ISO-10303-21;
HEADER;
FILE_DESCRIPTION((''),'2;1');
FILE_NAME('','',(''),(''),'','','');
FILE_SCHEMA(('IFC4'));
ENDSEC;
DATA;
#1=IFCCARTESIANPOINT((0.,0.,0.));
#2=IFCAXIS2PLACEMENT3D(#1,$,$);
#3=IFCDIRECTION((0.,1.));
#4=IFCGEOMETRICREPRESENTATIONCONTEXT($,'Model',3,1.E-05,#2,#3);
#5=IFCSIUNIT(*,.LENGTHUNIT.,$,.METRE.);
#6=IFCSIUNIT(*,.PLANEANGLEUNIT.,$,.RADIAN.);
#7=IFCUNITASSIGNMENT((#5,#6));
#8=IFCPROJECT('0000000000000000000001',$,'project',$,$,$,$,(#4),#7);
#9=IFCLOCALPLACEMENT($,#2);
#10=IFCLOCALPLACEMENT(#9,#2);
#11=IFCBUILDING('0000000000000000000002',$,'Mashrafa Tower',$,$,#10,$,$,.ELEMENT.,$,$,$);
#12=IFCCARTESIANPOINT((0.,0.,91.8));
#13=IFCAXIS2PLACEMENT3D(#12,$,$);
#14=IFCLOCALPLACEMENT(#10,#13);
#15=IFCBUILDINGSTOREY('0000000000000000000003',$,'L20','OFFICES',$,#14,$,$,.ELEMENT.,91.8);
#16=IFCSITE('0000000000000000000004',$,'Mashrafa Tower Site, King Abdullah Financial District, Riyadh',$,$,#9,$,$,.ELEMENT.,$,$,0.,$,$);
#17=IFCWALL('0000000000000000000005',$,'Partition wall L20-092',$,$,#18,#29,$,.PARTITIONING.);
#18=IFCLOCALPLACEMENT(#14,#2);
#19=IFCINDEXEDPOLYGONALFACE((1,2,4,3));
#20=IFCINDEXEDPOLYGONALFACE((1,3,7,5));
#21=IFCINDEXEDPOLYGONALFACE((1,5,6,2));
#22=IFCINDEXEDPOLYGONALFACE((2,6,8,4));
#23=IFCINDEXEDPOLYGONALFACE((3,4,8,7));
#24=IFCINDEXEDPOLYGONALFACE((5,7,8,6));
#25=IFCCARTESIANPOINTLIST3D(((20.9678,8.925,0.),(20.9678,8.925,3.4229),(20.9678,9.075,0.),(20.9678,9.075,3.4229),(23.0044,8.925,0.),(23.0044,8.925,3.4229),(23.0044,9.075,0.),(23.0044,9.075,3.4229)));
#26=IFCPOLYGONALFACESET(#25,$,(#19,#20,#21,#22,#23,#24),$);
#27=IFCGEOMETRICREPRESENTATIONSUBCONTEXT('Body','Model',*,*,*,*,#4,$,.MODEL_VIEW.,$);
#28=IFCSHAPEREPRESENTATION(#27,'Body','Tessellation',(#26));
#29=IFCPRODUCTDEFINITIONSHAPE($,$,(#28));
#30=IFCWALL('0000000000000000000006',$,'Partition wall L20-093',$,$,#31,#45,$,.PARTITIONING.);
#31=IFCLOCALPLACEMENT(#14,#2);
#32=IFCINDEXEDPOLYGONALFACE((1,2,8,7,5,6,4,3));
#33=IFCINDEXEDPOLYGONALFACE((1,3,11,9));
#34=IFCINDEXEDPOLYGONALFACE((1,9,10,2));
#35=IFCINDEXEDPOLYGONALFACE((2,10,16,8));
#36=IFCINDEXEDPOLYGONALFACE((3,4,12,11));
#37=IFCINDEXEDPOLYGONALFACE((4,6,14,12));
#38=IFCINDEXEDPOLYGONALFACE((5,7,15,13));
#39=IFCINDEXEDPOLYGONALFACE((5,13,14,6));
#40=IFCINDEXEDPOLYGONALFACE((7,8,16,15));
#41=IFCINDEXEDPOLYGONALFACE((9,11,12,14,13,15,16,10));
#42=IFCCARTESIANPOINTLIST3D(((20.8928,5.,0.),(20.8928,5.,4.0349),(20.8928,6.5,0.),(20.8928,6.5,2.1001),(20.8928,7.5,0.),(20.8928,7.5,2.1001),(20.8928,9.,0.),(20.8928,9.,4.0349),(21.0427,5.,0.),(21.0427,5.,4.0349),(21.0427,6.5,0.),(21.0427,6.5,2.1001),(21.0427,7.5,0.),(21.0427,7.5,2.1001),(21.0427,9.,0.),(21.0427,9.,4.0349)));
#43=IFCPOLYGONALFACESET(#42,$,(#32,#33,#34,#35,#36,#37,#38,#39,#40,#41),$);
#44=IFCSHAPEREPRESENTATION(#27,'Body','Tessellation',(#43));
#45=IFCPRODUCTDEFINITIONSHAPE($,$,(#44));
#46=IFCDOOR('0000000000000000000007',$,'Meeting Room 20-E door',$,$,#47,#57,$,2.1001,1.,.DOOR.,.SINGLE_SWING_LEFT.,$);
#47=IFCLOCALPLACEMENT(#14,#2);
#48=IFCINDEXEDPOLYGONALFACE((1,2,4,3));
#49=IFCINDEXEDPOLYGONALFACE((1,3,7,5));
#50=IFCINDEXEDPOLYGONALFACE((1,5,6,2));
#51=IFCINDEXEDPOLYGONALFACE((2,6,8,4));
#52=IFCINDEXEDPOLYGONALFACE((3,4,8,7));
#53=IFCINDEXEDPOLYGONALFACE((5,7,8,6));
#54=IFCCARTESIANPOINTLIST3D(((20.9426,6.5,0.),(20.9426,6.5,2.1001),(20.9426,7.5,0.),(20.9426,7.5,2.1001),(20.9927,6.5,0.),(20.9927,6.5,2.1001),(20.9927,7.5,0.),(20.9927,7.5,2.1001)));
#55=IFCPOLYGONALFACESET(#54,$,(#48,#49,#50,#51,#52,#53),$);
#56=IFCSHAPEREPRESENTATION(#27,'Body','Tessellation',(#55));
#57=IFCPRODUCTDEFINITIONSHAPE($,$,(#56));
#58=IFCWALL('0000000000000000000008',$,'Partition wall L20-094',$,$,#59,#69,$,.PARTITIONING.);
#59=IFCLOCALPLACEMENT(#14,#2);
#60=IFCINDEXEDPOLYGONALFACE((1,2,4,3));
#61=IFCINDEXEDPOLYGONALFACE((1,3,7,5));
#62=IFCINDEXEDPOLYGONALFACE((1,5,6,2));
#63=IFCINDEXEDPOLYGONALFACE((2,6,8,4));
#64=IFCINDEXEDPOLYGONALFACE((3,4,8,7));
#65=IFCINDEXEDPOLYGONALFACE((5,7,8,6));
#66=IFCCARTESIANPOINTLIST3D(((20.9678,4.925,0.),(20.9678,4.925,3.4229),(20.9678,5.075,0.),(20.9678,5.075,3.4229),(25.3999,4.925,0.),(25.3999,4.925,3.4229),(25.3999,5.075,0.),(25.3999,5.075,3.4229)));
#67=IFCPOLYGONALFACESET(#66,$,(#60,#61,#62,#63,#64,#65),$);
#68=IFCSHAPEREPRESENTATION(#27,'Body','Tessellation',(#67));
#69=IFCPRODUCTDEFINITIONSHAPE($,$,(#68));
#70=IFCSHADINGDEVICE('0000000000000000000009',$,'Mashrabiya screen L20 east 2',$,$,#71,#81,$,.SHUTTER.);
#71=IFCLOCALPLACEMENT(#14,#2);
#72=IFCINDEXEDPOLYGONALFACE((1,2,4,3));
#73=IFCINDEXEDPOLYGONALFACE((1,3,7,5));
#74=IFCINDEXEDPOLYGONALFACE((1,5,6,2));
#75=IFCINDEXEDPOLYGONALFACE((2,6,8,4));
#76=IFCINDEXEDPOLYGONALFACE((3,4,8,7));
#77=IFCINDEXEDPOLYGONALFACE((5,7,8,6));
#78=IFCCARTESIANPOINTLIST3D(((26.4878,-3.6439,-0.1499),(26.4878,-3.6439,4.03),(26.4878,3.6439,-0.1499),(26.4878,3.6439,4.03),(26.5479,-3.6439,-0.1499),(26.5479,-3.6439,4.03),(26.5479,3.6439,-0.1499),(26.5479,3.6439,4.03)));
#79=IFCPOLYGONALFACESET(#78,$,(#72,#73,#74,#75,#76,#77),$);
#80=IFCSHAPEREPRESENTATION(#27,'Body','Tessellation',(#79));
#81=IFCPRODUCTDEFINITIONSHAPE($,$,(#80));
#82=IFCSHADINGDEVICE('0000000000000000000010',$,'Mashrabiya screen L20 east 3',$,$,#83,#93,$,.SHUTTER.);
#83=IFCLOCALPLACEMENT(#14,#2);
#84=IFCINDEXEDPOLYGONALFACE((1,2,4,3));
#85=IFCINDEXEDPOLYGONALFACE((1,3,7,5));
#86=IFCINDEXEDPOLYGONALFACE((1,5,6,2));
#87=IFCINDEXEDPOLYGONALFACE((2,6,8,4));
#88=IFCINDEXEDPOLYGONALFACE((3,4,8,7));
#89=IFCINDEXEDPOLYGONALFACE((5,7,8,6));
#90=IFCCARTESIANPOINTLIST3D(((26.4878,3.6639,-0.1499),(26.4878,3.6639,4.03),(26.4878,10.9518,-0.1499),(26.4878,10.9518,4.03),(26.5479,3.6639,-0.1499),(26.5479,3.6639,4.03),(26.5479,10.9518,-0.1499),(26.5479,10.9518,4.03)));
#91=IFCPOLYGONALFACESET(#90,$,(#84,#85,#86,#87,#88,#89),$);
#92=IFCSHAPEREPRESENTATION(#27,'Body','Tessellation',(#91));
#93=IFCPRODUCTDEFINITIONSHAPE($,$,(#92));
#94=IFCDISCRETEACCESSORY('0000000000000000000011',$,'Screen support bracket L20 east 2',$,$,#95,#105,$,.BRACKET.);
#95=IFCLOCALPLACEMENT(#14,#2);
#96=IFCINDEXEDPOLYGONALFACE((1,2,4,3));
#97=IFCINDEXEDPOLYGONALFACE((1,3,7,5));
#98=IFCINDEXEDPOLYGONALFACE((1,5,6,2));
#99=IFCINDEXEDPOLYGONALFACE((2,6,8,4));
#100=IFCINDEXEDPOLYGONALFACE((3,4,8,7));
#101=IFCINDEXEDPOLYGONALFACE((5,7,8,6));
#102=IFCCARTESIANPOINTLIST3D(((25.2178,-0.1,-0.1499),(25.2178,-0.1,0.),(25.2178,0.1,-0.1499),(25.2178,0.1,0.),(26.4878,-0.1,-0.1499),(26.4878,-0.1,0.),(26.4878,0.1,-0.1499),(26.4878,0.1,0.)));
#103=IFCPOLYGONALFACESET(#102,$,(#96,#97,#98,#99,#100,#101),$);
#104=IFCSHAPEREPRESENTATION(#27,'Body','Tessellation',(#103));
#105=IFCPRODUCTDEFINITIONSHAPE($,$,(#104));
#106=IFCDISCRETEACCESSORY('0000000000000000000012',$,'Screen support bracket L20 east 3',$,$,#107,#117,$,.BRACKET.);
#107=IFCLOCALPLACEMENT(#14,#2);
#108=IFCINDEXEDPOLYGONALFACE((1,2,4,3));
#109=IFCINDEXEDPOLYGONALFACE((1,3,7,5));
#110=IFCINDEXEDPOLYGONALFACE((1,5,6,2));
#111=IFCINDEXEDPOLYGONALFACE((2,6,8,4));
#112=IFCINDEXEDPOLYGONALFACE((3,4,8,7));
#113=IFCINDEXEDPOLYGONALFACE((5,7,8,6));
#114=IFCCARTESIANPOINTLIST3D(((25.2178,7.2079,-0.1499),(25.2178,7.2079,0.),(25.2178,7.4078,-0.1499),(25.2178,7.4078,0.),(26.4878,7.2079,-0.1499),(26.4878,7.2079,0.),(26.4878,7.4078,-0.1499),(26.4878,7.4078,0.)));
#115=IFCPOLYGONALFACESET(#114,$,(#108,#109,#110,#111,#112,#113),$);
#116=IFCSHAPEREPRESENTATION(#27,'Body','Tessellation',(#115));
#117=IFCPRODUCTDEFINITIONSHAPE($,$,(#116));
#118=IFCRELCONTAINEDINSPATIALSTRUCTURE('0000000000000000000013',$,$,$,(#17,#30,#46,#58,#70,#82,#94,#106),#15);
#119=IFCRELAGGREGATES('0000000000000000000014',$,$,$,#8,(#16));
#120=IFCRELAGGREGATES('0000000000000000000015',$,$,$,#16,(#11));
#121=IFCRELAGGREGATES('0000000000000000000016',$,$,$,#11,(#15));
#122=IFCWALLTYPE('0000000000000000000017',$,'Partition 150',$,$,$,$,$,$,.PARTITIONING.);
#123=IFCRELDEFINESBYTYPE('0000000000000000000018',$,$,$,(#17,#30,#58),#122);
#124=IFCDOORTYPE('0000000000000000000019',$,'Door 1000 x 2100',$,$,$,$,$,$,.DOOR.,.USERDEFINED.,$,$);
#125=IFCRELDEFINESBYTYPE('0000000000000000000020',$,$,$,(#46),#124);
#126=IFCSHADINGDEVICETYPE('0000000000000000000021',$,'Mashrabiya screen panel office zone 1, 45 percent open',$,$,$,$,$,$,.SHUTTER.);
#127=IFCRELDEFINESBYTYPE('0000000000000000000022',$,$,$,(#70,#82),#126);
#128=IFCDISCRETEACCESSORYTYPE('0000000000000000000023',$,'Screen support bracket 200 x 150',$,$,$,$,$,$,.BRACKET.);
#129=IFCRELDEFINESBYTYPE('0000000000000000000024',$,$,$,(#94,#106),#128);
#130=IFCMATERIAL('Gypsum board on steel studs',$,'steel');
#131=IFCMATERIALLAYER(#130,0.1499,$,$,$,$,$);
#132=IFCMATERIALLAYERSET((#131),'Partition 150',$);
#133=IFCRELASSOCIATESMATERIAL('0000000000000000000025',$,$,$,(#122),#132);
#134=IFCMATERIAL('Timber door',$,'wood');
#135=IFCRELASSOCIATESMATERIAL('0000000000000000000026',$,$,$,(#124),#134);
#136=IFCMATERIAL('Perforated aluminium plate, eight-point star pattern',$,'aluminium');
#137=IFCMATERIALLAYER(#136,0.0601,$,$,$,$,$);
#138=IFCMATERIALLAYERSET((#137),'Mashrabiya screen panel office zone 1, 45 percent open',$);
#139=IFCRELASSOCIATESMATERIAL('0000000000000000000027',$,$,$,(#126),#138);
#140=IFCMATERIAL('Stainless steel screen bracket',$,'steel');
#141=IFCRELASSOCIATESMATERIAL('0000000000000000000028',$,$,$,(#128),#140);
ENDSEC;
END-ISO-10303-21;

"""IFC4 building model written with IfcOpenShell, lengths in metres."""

from ifc_helpers import new_model, si_unit, direction, frame, frame_2d, origin, origin_2d, place, context, subcontext, project, spatial, rectangle, extrude, source, transform, mapped, material, layer, layer_set, type_object, type_shapes, element, fill, save


model = new_model("IFC4")

# Units and contexts
model_context = context("Model", 3, precision=1e-05, world=origin(), true_north=direction((0.0, 1.0)))
body_context = subcontext(model_context, "Body", "Model", "MODEL_VIEW")
ifc_project = project(units=[si_unit("LENGTHUNIT", "METRE"), si_unit("PLANEANGLEUNIT", "RADIAN")], contexts=[model_context])

# Site, building, storey
site_placement = place(None, origin())
site = spatial("IfcSite", under=ifc_project, at=site_placement, Name="Mashrafa Tower Site, King Abdullah Financial District, Riyadh", CompositionType="ELEMENT", RefElevation=0.0)
building_placement = place(site_placement, origin())
building = spatial("IfcBuilding", under=site, at=building_placement, Name="Mashrafa Tower", CompositionType="ELEMENT")
storey_placement = place(building_placement, frame((0.0, 0.0, 91.8)))
storey = spatial("IfcBuildingStorey", under=building, at=storey_placement, Name="L20", Description="OFFICES", CompositionType="ELEMENT", Elevation=91.8)

# Shared definitions
ifc_material_1 = material(Name="Gypsum board on steel studs", Category="steel")
ifc_layer_1 = layer(ifc_material_1, 0.1499)
ifc_layer_set_1 = layer_set([ifc_layer_1], Name="Partition 150")
wall_type_1 = type_object("IfcWallType", Name="Partition 150", PredefinedType="PARTITIONING", material=ifc_layer_set_1)

# Shared definitions
ifc_material_2 = material(Name="Timber door", Category="wood")
door_type = type_object("IfcDoorType", Name="Door 1000 x 2100", OperationType="USERDEFINED", PredefinedType="DOOR", material=ifc_material_2)

# Wall
wall_1_placement = place(storey_placement, frame((23.0044, 9.0, 0.0), z_axis=(0.0, 0.0, 1.0), x_axis=(-1.0, 0.0, 0.0)))
element("IfcWall", 1, at=wall_1_placement, inside=storey, type_object=wall_type_1, Name="Partition wall L20-092", PredefinedType="PARTITIONING", context=body_context, shape_type="SweptSolid", body=[
    extrude(rectangle(XDim=2.0366, YDim=0.1499, at=frame_2d((1.0183, 0.0))), origin(), (0.0, 0.0, 1.0), 3.4229),
])

# Wall, opening, door
wall_2_placement = place(storey_placement, frame((20.9678, 9.0, 0.0), z_axis=(0.0, 0.0, 1.0), x_axis=(0.0, -1.0, 0.0)))
wall_2 = element("IfcWall", 2, at=wall_2_placement, inside=storey, type_object=wall_type_1, Name="Partition wall L20-093", PredefinedType="PARTITIONING", context=body_context, shape_type="SweptSolid", body=[
    extrude(rectangle(XDim=4.0, YDim=0.1499, at=frame_2d((2.0, 0.0))), origin(), (0.0, 0.0, 1.0), 4.0349),
])
opening_1_placement = place(wall_2_placement, frame((1.5, 0.0, 0.0)))
opening_1 = element("IfcOpeningElement", 3, at=opening_1_placement, cuts=wall_2, PredefinedType="OPENING", context=body_context, shape_type="SweptSolid", body=[
    extrude(rectangle(XDim=1.0, YDim=2.1001, at=frame_2d((0.5, 1.05))), frame((0.0, 0.085, 0.0), z_axis=(0.0, -1.0, 0.0), x_axis=(1.0, 0.0, 0.0)), (0.0, 0.0, 1.0), 0.1699),
])
door_1_placement = place(opening_1_placement, origin())
door_1 = element("IfcDoor", 4, at=door_1_placement, inside=storey, type_object=door_type, Name="Meeting Room 20-E door", OperationType="SINGLE_SWING_LEFT", OverallHeight=2.1001, OverallWidth=1.0, PredefinedType="DOOR", context=body_context, shape_type="SweptSolid", body=[
    extrude(rectangle(XDim=1.0, YDim=2.1001, at=frame_2d((0.5, 1.05))), frame((0.0, 0.0249, 0.0), z_axis=(0.0, -1.0, 0.0), x_axis=(1.0, 0.0, 0.0)), (0.0, 0.0, 1.0), 0.05),
])
fill(opening_1, door_1)

# Wall
wall_3_placement = place(storey_placement, frame((20.9678, 5.0, 0.0), z_axis=(0.0, 0.0, 1.0), x_axis=(1.0, 0.0, 0.0)))
element("IfcWall", 5, at=wall_3_placement, inside=storey, type_object=wall_type_1, Name="Partition wall L20-094", PredefinedType="PARTITIONING", context=body_context, shape_type="SweptSolid", body=[
    extrude(rectangle(XDim=4.4321, YDim=0.1499, at=frame_2d((2.2161, 0.0))), origin(), (0.0, 0.0, 1.0), 3.4229),
])

# Shading devices
ifc_material_3 = material(Name="Perforated aluminium plate, eight-point star pattern", Category="aluminium")
ifc_layer_2 = layer(ifc_material_3, 0.0601)
ifc_layer_set_2 = layer_set([ifc_layer_2], Name="Mashrabiya screen panel office zone 1, 45 percent open")
shading_device_type = type_object("IfcShadingDeviceType", Name="Mashrabiya screen panel office zone 1, 45 percent open", PredefinedType="SHUTTER", material=ifc_layer_set_2)
shared_shape_1 = source(origin(), body_context, "Body", "SweptSolid", [
    extrude(rectangle(XDim=7.2878, YDim=0.0601, at=origin_2d()), origin(), (0.0, 0.0, 1.0), 4.1799),
])
type_shapes(shading_device_type, [shared_shape_1])
for number, where, z_axis, x_axis, name in (
    (6, (26.5178, 0.0, -0.1499), (0.0, 0.0, 1.0), (0.0, 1.0, 0.0), "Mashrabiya screen L20 east 2"),
    (7, (26.5178, 7.3079, -0.1499), (0.0, 0.0, 1.0), (0.0, 1.0, 0.0), "Mashrabiya screen L20 east 3"),
):
    element("IfcShadingDevice", number, at=place(storey_placement, frame(where, z_axis=z_axis, x_axis=x_axis)), inside=storey, type_object=shading_device_type, Name=name, PredefinedType="SHUTTER", context=body_context, shape_type="MappedRepresentation", body=[
        mapped(shared_shape_1, transform((0.0, 0.0, 0.0))),
    ])

# Discrete accessories
ifc_material_4 = material(Name="Stainless steel screen bracket", Category="steel")
discrete_accessory_type = type_object("IfcDiscreteAccessoryType", Name="Screen support bracket 200 x 150", PredefinedType="BRACKET", material=ifc_material_4)
shared_shape_2 = source(origin(), body_context, "Body", "SweptSolid", [
    extrude(rectangle(XDim=0.2, YDim=1.27, at=origin_2d()), origin(), (0.0, 0.0, 1.0), 0.1499),
])
type_shapes(discrete_accessory_type, [shared_shape_2])
for number, where, z_axis, x_axis, name in (
    (8, (25.8528, 0.0, -0.1499), (0.0, 0.0, 1.0), (0.0, 1.0, 0.0), "Screen support bracket L20 east 2"),
    (9, (25.8528, 7.3079, -0.1499), (0.0, 0.0, 1.0), (0.0, 1.0, 0.0), "Screen support bracket L20 east 3"),
):
    element("IfcDiscreteAccessory", number, at=place(storey_placement, frame(where, z_axis=z_axis, x_axis=x_axis)), inside=storey, type_object=discrete_accessory_type, Name=name, PredefinedType="BRACKET", context=body_context, shape_type="MappedRepresentation", body=[
        mapped(shared_shape_2, transform((0.0, 0.0, 0.0))),
    ])

save(model, "model.ifc")
